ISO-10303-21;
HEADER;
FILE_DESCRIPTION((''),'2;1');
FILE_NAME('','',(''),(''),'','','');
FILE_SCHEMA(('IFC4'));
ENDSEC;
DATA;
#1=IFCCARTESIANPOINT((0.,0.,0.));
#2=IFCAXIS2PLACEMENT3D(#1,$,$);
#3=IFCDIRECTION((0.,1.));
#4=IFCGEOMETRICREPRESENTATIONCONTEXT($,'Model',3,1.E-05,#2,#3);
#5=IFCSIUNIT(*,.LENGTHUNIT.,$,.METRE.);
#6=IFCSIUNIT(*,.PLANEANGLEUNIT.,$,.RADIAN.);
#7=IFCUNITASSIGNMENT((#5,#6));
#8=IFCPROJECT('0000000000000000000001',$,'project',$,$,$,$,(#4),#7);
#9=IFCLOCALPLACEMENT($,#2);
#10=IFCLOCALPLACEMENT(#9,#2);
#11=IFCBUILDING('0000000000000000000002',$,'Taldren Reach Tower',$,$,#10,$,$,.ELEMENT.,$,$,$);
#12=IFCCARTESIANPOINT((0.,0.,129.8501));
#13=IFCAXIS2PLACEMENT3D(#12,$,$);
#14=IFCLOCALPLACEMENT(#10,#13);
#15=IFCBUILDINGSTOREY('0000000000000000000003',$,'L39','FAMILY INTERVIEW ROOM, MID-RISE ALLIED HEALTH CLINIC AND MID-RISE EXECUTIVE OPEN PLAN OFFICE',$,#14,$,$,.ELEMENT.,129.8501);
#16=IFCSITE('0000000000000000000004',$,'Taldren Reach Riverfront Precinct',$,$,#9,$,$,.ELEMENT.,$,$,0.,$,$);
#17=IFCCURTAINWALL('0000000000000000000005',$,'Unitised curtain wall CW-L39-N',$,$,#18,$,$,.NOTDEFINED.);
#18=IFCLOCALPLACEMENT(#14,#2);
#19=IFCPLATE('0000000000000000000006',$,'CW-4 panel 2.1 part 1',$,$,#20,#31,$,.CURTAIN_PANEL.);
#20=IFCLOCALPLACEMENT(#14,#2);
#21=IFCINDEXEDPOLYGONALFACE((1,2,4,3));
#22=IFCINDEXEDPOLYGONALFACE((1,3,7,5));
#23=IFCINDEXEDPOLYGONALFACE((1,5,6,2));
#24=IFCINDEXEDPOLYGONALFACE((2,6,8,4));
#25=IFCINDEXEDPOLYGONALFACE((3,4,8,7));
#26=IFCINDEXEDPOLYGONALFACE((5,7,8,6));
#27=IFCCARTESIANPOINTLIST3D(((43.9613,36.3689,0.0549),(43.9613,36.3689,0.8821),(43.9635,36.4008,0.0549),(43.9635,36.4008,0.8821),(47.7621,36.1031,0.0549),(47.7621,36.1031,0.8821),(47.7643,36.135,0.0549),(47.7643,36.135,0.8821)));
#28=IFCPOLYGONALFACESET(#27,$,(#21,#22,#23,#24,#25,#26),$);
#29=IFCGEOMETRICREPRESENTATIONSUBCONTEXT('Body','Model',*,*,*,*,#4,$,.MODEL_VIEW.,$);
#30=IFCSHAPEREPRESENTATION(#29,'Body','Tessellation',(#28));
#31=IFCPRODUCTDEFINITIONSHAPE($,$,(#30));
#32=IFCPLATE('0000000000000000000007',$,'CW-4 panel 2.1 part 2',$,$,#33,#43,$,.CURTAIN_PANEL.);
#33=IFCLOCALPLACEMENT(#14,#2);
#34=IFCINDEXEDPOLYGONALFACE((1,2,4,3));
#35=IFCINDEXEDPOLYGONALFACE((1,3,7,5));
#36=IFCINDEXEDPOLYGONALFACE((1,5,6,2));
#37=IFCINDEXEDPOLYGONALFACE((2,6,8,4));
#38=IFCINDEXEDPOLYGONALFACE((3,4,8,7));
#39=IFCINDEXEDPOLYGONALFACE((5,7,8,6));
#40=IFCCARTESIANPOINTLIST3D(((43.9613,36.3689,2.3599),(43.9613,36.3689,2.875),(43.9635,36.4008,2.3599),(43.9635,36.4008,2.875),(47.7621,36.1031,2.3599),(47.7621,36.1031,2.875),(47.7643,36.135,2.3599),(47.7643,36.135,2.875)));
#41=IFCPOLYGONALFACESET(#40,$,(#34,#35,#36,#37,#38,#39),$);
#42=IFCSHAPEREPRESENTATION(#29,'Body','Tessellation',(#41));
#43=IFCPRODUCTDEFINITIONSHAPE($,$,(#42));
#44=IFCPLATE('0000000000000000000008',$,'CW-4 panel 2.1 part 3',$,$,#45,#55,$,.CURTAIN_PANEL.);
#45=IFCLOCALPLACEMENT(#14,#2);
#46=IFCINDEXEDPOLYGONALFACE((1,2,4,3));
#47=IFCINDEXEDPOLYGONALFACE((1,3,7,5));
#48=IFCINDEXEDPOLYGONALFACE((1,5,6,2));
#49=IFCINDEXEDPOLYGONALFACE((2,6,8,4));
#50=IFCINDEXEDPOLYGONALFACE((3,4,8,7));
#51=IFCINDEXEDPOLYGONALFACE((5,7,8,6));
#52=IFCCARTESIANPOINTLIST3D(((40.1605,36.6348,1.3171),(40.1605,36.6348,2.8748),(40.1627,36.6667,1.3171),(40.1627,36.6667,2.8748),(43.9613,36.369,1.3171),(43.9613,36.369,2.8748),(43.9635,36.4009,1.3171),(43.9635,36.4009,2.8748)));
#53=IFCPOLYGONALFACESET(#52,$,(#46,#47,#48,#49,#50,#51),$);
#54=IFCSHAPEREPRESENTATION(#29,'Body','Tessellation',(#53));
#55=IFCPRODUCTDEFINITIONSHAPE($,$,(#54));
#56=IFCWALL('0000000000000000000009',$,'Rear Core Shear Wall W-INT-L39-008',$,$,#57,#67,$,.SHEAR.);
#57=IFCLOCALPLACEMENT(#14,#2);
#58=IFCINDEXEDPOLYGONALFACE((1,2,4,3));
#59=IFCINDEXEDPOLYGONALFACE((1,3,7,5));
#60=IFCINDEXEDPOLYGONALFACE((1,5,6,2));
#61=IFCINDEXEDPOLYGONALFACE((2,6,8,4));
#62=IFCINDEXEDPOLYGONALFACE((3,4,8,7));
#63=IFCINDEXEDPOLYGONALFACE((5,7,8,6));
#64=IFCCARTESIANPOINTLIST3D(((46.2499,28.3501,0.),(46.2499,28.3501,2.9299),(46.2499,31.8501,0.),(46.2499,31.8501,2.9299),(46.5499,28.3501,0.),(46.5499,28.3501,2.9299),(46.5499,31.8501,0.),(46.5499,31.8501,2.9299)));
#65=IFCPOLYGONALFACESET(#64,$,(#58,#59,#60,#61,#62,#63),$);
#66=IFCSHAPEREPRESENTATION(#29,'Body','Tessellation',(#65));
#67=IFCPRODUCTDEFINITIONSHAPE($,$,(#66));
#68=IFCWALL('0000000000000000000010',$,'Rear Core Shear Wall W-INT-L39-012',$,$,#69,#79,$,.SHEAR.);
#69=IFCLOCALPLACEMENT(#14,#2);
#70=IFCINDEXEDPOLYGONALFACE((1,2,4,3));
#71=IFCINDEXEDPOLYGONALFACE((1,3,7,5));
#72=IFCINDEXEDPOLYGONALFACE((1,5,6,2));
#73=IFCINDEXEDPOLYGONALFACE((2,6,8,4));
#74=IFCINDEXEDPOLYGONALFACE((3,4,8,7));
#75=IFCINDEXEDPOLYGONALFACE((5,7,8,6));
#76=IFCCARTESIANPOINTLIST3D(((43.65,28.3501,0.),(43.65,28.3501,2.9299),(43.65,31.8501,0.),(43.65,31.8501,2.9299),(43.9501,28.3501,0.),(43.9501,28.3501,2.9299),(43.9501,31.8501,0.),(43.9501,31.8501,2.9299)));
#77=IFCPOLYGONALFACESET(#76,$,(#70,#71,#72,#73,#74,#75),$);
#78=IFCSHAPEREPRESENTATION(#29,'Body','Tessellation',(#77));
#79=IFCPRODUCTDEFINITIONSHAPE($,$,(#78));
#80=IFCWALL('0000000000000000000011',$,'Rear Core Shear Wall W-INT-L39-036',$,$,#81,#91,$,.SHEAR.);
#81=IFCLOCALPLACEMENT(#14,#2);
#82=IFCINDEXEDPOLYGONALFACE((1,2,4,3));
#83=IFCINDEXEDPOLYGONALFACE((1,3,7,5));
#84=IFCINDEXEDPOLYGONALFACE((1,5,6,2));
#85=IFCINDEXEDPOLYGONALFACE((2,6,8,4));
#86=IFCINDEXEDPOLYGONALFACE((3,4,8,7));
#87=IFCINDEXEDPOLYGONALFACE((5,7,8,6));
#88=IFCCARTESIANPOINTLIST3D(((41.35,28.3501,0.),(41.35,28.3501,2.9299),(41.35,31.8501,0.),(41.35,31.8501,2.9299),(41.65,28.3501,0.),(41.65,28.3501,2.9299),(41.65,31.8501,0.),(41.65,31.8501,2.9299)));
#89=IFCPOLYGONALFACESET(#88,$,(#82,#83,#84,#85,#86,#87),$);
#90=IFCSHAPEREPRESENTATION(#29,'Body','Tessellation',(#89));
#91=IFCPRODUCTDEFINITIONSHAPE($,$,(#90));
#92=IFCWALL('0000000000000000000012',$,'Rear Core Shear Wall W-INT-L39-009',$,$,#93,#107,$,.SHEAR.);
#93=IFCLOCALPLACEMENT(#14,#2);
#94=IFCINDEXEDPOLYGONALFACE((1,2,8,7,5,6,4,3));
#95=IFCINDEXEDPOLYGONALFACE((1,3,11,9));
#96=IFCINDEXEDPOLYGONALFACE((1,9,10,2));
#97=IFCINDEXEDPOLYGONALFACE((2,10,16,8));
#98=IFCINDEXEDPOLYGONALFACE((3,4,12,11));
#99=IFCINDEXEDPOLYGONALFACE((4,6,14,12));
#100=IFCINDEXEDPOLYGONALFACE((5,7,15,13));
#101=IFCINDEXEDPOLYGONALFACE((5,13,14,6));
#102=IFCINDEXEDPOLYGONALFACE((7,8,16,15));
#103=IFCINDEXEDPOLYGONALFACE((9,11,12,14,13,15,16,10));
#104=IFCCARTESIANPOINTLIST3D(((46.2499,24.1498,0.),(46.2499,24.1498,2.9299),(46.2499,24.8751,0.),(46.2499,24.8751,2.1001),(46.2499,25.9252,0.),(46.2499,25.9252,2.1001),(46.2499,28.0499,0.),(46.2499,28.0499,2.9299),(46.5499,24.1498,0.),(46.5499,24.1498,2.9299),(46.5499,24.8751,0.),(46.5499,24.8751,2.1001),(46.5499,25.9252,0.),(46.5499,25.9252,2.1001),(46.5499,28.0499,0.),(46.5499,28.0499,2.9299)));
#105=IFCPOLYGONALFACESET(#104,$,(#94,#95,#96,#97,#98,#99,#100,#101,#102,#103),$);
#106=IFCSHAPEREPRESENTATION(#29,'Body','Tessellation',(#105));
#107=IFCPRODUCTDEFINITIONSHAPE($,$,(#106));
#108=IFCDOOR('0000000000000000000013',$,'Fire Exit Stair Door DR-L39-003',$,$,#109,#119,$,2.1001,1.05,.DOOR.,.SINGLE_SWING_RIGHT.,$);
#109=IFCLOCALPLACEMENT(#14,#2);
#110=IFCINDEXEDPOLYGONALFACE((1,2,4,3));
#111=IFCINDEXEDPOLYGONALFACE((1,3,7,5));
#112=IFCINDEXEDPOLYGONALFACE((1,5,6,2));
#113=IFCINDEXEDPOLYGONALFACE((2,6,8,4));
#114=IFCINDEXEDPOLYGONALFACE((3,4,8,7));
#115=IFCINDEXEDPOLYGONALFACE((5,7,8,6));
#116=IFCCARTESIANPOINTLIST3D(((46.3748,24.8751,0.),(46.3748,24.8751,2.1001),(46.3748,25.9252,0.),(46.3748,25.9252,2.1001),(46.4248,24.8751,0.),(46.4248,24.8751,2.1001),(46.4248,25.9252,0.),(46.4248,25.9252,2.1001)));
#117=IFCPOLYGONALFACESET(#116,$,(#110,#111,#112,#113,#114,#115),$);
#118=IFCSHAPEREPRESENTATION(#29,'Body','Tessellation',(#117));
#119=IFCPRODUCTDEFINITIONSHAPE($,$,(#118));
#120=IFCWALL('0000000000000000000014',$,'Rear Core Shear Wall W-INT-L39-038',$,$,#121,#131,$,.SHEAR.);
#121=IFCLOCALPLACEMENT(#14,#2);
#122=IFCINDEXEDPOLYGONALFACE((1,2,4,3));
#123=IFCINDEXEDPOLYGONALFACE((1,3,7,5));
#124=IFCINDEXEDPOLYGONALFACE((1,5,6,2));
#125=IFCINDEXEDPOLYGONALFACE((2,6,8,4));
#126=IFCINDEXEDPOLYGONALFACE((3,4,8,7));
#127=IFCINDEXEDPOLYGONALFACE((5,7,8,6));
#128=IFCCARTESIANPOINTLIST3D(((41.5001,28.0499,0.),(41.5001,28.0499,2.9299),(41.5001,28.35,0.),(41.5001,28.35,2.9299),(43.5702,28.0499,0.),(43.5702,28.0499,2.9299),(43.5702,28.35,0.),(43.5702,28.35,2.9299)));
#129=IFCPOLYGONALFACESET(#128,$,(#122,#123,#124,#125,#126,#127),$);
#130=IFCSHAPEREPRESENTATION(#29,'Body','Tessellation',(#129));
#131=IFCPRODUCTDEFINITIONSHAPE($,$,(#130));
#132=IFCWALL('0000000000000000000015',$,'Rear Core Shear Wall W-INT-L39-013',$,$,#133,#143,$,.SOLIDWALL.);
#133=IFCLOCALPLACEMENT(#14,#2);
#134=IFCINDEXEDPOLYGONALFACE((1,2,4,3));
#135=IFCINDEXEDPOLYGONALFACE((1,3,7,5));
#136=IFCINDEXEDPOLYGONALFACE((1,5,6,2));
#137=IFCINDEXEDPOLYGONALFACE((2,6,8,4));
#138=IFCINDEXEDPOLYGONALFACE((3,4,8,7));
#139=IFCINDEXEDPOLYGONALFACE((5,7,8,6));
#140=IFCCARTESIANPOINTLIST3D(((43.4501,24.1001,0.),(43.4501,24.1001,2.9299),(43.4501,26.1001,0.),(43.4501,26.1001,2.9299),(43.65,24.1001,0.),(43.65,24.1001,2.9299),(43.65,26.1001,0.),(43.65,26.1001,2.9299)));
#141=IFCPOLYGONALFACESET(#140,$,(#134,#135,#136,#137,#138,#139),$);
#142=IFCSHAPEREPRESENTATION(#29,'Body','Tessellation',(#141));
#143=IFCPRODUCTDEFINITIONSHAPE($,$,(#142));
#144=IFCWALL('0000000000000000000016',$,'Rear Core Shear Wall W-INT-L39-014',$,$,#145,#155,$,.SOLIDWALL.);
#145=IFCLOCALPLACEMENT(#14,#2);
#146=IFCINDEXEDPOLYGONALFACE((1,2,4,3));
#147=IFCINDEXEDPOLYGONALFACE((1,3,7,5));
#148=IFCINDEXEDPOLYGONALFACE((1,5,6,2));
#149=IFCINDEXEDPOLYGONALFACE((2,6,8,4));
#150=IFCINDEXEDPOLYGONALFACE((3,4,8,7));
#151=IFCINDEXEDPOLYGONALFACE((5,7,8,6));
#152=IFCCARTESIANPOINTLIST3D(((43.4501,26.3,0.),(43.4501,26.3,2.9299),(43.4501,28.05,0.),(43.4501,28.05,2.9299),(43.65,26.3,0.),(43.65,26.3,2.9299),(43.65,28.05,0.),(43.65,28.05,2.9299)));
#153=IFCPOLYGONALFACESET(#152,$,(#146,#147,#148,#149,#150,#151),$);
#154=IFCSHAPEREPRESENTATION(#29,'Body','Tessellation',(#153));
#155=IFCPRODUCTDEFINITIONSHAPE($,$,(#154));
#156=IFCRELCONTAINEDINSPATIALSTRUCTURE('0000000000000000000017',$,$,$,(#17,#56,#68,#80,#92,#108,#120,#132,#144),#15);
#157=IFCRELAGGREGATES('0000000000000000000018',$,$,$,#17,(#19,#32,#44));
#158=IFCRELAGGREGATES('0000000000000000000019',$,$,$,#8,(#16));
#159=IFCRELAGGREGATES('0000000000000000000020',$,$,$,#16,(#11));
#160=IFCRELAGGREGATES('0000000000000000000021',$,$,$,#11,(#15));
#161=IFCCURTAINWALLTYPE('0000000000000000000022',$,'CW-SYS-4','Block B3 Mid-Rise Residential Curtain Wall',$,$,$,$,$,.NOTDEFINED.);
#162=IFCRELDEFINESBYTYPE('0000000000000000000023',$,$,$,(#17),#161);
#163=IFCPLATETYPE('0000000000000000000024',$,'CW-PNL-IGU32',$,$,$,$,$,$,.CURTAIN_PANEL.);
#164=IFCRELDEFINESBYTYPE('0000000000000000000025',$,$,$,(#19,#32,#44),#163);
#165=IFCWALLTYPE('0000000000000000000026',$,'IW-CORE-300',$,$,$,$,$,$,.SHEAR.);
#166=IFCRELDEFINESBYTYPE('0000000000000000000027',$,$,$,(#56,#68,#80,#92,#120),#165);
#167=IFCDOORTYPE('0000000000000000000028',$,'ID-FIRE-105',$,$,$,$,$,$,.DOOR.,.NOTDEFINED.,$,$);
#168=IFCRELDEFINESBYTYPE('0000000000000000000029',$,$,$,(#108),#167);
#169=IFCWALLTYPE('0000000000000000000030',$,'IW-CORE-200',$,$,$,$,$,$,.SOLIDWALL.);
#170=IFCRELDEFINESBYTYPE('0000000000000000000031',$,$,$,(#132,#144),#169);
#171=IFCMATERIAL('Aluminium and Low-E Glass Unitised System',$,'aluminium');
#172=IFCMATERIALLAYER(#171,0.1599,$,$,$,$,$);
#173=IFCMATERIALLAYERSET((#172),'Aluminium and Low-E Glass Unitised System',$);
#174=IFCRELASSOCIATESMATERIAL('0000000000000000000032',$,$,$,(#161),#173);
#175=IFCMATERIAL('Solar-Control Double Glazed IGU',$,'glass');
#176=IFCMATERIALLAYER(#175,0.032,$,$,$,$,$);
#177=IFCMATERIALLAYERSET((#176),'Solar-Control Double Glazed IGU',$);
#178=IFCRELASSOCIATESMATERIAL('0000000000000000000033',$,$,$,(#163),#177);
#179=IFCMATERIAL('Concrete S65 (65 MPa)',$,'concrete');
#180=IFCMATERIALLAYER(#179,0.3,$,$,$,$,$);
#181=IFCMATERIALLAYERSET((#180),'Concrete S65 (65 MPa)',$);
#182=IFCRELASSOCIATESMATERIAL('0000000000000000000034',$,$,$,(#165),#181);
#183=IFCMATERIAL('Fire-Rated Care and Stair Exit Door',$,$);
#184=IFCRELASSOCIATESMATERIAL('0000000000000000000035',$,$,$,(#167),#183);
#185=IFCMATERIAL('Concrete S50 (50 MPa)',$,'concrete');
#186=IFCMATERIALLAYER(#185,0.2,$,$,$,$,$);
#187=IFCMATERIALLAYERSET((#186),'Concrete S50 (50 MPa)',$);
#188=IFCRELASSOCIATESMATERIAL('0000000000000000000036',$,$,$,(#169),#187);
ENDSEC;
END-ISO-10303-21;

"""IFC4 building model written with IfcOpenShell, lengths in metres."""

from ifc_helpers import new_model, si_unit, direction, frame, frame_2d, origin, origin_2d, place, context, subcontext, project, spatial, rectangle, extrude, source, transform, mapped, material, layer, layer_set, type_object, element, fill, aggregate, save


model = new_model("IFC4")

# Units and contexts
model_context = context("Model", 3, precision=1e-05, world=origin(), true_north=direction((0.0, 1.0)))
body_context = subcontext(model_context, "Body", "Model", "MODEL_VIEW")
ifc_project = project(units=[si_unit("LENGTHUNIT", "METRE"), si_unit("PLANEANGLEUNIT", "RADIAN")], contexts=[model_context])

# Site, building, storey
site_placement = place(None, origin())
site = spatial("IfcSite", under=ifc_project, at=site_placement, Name="Taldren Reach Riverfront Precinct", CompositionType="ELEMENT", RefElevation=0.0)
building_placement = place(site_placement, origin())
building = spatial("IfcBuilding", under=site, at=building_placement, Name="Taldren Reach Tower", CompositionType="ELEMENT")
storey_placement = place(building_placement, frame((0.0, 0.0, 129.8501)))
storey = spatial("IfcBuildingStorey", under=building, at=storey_placement, Name="L39", Description="FAMILY INTERVIEW ROOM, MID-RISE ALLIED HEALTH CLINIC AND MID-RISE EXECUTIVE OPEN PLAN OFFICE", CompositionType="ELEMENT", Elevation=129.8501)

# Curtain wall
ifc_material_1 = material(Name="Aluminium and Low-E Glass Unitised System", Category="aluminium")
ifc_layer_1 = layer(ifc_material_1, 0.1599)
ifc_layer_set_1 = layer_set([ifc_layer_1], Name="Aluminium and Low-E Glass Unitised System")
curtain_wall_type = type_object("IfcCurtainWallType", Name="CW-SYS-4", Description="Block B3 Mid-Rise Residential Curtain Wall", PredefinedType="NOTDEFINED", material=ifc_layer_set_1)
curtain_wall_placement = place(storey_placement, origin())
curtain_wall = element("IfcCurtainWall", 1, at=curtain_wall_placement, inside=storey, type_object=curtain_wall_type, Name="Unitised curtain wall CW-L39-N", PredefinedType="NOTDEFINED")

# Plates
ifc_material_2 = material(Name="Solar-Control Double Glazed IGU", Category="glass")
ifc_layer_2 = layer(ifc_material_2, 0.032)
ifc_layer_set_2 = layer_set([ifc_layer_2], Name="Solar-Control Double Glazed IGU")
plate_type_1 = type_object("IfcPlateType", Name="CW-PNL-IGU32", PredefinedType="CURTAIN_PANEL", material=ifc_layer_set_2)
shared_shape_1 = source(origin(), body_context, "Body", "SweptSolid", [
    extrude(rectangle(XDim=3.8101, YDim=0.032, at=origin_2d()), origin(), (0.0, 0.0, 1.0), 0.8271),
])
plate_1_placement = place(storey_placement, frame((45.8628, 36.252, 0.0549), z_axis=(0.0, 0.0, 1.0), x_axis=(-0.997564, 0.069757, 0.0)))
plate_1 = element("IfcPlate", 2, at=plate_1_placement, type_object=plate_type_1, Name="CW-4 panel 2.1 part 1", PredefinedType="CURTAIN_PANEL", context=body_context, shape_type="MappedRepresentation", body=[
    mapped(shared_shape_1, transform((0.0, 0.0, 0.0), scale=1.0)),
])
shared_shape_2 = source(origin(), body_context, "Body", "SweptSolid", [
    extrude(rectangle(XDim=3.8101, YDim=0.032, at=origin_2d()), origin(), (0.0, 0.0, 1.0), 0.5151),
])
plate_2_placement = place(storey_placement, frame((45.8628, 36.252, 2.3599), z_axis=(0.0, 0.0, 1.0), x_axis=(-0.997564, 0.069757, 0.0)))
plate_2 = element("IfcPlate", 3, at=plate_2_placement, type_object=plate_type_1, Name="CW-4 panel 2.1 part 2", PredefinedType="CURTAIN_PANEL", context=body_context, shape_type="MappedRepresentation", body=[
    mapped(shared_shape_2, transform((0.0, 0.0, 0.0), scale=1.0)),
])
shared_shape_3 = source(origin(), body_context, "Body", "SweptSolid", [
    extrude(rectangle(XDim=3.8101, YDim=0.032, at=origin_2d()), origin(), (0.0, 0.0, 1.0), 1.5576),
])
plate_3_placement = place(storey_placement, frame((42.062, 36.5178, 1.3171), z_axis=(0.0, 0.0, 1.0), x_axis=(-0.997564, 0.069757, 0.0)))
plate_3 = element("IfcPlate", 4, at=plate_3_placement, type_object=plate_type_1, Name="CW-4 panel 2.1 part 3", PredefinedType="CURTAIN_PANEL", context=body_context, shape_type="MappedRepresentation", body=[
    mapped(shared_shape_3, transform((0.0, 0.0, 0.0), scale=1.0)),
])
aggregate(curtain_wall, [plate_1, plate_2, plate_3])

# Walls
ifc_material_3 = material(Name="Concrete S65 (65 MPa)", Category="concrete")
ifc_layer_3 = layer(ifc_material_3, 0.3)
ifc_layer_set_3 = layer_set([ifc_layer_3], Name="Concrete S65 (65 MPa)")
wall_type_1 = type_object("IfcWallType", Name="IW-CORE-300", PredefinedType="SHEAR", material=ifc_layer_set_3)
shared_shape_4 = source(origin(), body_context, "Body", "SweptSolid", [
    extrude(rectangle(XDim=3.5, YDim=0.3, at=frame_2d((1.75, 0.0))), origin(), (0.0, 0.0, 1.0), 2.9299),
])
for number, where, z_axis, x_axis, name in (
    (5, (46.3999, 31.8501, 0.0), (0.0, 0.0, 1.0), (0.0, -1.0, 0.0), "Rear Core Shear Wall W-INT-L39-008"),
    (6, (43.8, 31.8501, 0.0), (0.0, 0.0, 1.0), (0.0, -1.0, 0.0), "Rear Core Shear Wall W-INT-L39-012"),
    (7, (41.5, 28.3501, 0.0), (0.0, 0.0, 1.0), (0.0, 1.0, 0.0), "Rear Core Shear Wall W-INT-L39-036"),
):
    element("IfcWall", number, at=place(storey_placement, frame(where, z_axis=z_axis, x_axis=x_axis)), inside=storey, type_object=wall_type_1, Name=name, PredefinedType="SHEAR", context=body_context, shape_type="MappedRepresentation", body=[
        mapped(shared_shape_4, transform((0.0, 0.0, 0.0), scale=1.0)),
    ])

# Wall, opening, door
shared_shape_5 = source(origin(), body_context, "Body", "SweptSolid", [
    extrude(rectangle(XDim=3.9001, YDim=0.3, at=frame_2d((1.9502, 0.0))), origin(), (0.0, 0.0, 1.0), 2.9299),
])
wall_1_placement = place(storey_placement, frame((46.3999, 28.05, 0.0), z_axis=(0.0, 0.0, 1.0), x_axis=(0.0, -1.0, 0.0)))
wall_1 = element("IfcWall", 8, at=wall_1_placement, inside=storey, type_object=wall_type_1, Name="Rear Core Shear Wall W-INT-L39-009", PredefinedType="SHEAR", context=body_context, shape_type="MappedRepresentation", body=[
    mapped(shared_shape_5, transform((0.0, 0.0, 0.0), scale=1.0)),
])
shared_shape_6 = source(origin(), body_context, "Body", "SweptSolid", [
    extrude(rectangle(XDim=1.05, YDim=2.1001, at=frame_2d((0.5249, 1.05))), frame((0.0, 0.1602, 0.0), z_axis=(0.0, -1.0, 0.0), x_axis=(1.0, 0.0, 0.0)), (0.0, 0.0, 1.0), 0.3201),
])
opening_1_placement = place(wall_1_placement, frame((2.125, 0.0, 0.0)))
opening_1 = element("IfcOpeningElement", 9, at=opening_1_placement, cuts=wall_1, PredefinedType="OPENING", context=body_context, shape_type="MappedRepresentation", body=[
    mapped(shared_shape_6, transform((0.0, 0.0, 0.0), scale=1.0)),
])
ifc_material_4 = material(Name="Fire-Rated Care and Stair Exit Door")
door_type_1 = type_object("IfcDoorType", Name="ID-FIRE-105", OperationType="NOTDEFINED", PredefinedType="DOOR", material=ifc_material_4)
shared_shape_7 = source(origin(), body_context, "Body", "SweptSolid", [
    extrude(rectangle(XDim=1.05, YDim=2.1001, at=frame_2d((0.5249, 1.05))), frame((0.0, 0.0249, 0.0), z_axis=(0.0, -1.0, 0.0), x_axis=(1.0, 0.0, 0.0)), (0.0, 0.0, 1.0), 0.05),
])
door_1_placement = place(opening_1_placement, origin())
door_1 = element("IfcDoor", 10, at=door_1_placement, inside=storey, type_object=door_type_1, Name="Fire Exit Stair Door DR-L39-003", OperationType="SINGLE_SWING_RIGHT", OverallHeight=2.1001, OverallWidth=1.05, PredefinedType="DOOR", context=body_context, shape_type="MappedRepresentation", body=[
    mapped(shared_shape_7, transform((0.0, 0.0, 0.0), scale=1.0)),
])
fill(opening_1, door_1)

# Walls
shared_shape_8 = source(origin(), body_context, "Body", "SweptSolid", [
    extrude(rectangle(XDim=2.0701, YDim=0.3, at=frame_2d((1.0352, 0.0))), origin(), (0.0, 0.0, 1.0), 2.9299),
])
wall_2_placement = place(storey_placement, frame((41.5, 28.2, 0.0), z_axis=(0.0, 0.0, 1.0), x_axis=(1.0, 0.0, 0.0)))
element("IfcWall", 11, at=wall_2_placement, inside=storey, type_object=wall_type_1, Name="Rear Core Shear Wall W-INT-L39-038", PredefinedType="SHEAR", context=body_context, shape_type="MappedRepresentation", body=[
    mapped(shared_shape_8, transform((0.0, 0.0, 0.0), scale=1.0)),
])
ifc_material_5 = material(Name="Concrete S50 (50 MPa)", Category="concrete")
ifc_layer_4 = layer(ifc_material_5, 0.2)
ifc_layer_set_4 = layer_set([ifc_layer_4], Name="Concrete S50 (50 MPa)")
wall_type_2 = type_object("IfcWallType", Name="IW-CORE-200", PredefinedType="SOLIDWALL", material=ifc_layer_set_4)
shared_shape_9 = source(origin(), body_context, "Body", "SweptSolid", [
    extrude(rectangle(XDim=2.0, YDim=0.2, at=frame_2d((1.0, 0.0))), origin(), (0.0, 0.0, 1.0), 2.9299),
])
wall_3_placement = place(storey_placement, frame((43.55, 26.1001, 0.0), z_axis=(0.0, 0.0, 1.0), x_axis=(0.0, -1.0, 0.0)))
element("IfcWall", 12, at=wall_3_placement, inside=storey, type_object=wall_type_2, Name="Rear Core Shear Wall W-INT-L39-013", PredefinedType="SOLIDWALL", context=body_context, shape_type="MappedRepresentation", body=[
    mapped(shared_shape_9, transform((0.0, 0.0, 0.0), scale=1.0)),
])
shared_shape_10 = source(origin(), body_context, "Body", "SweptSolid", [
    extrude(rectangle(XDim=1.75, YDim=0.2, at=frame_2d((0.875, 0.0))), origin(), (0.0, 0.0, 1.0), 2.9299),
])
wall_4_placement = place(storey_placement, frame((43.55, 28.05, 0.0), z_axis=(0.0, 0.0, 1.0), x_axis=(0.0, -1.0, 0.0)))
element("IfcWall", 13, at=wall_4_placement, inside=storey, type_object=wall_type_2, Name="Rear Core Shear Wall W-INT-L39-014", PredefinedType="SOLIDWALL", context=body_context, shape_type="MappedRepresentation", body=[
    mapped(shared_shape_10, transform((0.0, 0.0, 0.0), scale=1.0)),
])

save(model, "model.ifc")
